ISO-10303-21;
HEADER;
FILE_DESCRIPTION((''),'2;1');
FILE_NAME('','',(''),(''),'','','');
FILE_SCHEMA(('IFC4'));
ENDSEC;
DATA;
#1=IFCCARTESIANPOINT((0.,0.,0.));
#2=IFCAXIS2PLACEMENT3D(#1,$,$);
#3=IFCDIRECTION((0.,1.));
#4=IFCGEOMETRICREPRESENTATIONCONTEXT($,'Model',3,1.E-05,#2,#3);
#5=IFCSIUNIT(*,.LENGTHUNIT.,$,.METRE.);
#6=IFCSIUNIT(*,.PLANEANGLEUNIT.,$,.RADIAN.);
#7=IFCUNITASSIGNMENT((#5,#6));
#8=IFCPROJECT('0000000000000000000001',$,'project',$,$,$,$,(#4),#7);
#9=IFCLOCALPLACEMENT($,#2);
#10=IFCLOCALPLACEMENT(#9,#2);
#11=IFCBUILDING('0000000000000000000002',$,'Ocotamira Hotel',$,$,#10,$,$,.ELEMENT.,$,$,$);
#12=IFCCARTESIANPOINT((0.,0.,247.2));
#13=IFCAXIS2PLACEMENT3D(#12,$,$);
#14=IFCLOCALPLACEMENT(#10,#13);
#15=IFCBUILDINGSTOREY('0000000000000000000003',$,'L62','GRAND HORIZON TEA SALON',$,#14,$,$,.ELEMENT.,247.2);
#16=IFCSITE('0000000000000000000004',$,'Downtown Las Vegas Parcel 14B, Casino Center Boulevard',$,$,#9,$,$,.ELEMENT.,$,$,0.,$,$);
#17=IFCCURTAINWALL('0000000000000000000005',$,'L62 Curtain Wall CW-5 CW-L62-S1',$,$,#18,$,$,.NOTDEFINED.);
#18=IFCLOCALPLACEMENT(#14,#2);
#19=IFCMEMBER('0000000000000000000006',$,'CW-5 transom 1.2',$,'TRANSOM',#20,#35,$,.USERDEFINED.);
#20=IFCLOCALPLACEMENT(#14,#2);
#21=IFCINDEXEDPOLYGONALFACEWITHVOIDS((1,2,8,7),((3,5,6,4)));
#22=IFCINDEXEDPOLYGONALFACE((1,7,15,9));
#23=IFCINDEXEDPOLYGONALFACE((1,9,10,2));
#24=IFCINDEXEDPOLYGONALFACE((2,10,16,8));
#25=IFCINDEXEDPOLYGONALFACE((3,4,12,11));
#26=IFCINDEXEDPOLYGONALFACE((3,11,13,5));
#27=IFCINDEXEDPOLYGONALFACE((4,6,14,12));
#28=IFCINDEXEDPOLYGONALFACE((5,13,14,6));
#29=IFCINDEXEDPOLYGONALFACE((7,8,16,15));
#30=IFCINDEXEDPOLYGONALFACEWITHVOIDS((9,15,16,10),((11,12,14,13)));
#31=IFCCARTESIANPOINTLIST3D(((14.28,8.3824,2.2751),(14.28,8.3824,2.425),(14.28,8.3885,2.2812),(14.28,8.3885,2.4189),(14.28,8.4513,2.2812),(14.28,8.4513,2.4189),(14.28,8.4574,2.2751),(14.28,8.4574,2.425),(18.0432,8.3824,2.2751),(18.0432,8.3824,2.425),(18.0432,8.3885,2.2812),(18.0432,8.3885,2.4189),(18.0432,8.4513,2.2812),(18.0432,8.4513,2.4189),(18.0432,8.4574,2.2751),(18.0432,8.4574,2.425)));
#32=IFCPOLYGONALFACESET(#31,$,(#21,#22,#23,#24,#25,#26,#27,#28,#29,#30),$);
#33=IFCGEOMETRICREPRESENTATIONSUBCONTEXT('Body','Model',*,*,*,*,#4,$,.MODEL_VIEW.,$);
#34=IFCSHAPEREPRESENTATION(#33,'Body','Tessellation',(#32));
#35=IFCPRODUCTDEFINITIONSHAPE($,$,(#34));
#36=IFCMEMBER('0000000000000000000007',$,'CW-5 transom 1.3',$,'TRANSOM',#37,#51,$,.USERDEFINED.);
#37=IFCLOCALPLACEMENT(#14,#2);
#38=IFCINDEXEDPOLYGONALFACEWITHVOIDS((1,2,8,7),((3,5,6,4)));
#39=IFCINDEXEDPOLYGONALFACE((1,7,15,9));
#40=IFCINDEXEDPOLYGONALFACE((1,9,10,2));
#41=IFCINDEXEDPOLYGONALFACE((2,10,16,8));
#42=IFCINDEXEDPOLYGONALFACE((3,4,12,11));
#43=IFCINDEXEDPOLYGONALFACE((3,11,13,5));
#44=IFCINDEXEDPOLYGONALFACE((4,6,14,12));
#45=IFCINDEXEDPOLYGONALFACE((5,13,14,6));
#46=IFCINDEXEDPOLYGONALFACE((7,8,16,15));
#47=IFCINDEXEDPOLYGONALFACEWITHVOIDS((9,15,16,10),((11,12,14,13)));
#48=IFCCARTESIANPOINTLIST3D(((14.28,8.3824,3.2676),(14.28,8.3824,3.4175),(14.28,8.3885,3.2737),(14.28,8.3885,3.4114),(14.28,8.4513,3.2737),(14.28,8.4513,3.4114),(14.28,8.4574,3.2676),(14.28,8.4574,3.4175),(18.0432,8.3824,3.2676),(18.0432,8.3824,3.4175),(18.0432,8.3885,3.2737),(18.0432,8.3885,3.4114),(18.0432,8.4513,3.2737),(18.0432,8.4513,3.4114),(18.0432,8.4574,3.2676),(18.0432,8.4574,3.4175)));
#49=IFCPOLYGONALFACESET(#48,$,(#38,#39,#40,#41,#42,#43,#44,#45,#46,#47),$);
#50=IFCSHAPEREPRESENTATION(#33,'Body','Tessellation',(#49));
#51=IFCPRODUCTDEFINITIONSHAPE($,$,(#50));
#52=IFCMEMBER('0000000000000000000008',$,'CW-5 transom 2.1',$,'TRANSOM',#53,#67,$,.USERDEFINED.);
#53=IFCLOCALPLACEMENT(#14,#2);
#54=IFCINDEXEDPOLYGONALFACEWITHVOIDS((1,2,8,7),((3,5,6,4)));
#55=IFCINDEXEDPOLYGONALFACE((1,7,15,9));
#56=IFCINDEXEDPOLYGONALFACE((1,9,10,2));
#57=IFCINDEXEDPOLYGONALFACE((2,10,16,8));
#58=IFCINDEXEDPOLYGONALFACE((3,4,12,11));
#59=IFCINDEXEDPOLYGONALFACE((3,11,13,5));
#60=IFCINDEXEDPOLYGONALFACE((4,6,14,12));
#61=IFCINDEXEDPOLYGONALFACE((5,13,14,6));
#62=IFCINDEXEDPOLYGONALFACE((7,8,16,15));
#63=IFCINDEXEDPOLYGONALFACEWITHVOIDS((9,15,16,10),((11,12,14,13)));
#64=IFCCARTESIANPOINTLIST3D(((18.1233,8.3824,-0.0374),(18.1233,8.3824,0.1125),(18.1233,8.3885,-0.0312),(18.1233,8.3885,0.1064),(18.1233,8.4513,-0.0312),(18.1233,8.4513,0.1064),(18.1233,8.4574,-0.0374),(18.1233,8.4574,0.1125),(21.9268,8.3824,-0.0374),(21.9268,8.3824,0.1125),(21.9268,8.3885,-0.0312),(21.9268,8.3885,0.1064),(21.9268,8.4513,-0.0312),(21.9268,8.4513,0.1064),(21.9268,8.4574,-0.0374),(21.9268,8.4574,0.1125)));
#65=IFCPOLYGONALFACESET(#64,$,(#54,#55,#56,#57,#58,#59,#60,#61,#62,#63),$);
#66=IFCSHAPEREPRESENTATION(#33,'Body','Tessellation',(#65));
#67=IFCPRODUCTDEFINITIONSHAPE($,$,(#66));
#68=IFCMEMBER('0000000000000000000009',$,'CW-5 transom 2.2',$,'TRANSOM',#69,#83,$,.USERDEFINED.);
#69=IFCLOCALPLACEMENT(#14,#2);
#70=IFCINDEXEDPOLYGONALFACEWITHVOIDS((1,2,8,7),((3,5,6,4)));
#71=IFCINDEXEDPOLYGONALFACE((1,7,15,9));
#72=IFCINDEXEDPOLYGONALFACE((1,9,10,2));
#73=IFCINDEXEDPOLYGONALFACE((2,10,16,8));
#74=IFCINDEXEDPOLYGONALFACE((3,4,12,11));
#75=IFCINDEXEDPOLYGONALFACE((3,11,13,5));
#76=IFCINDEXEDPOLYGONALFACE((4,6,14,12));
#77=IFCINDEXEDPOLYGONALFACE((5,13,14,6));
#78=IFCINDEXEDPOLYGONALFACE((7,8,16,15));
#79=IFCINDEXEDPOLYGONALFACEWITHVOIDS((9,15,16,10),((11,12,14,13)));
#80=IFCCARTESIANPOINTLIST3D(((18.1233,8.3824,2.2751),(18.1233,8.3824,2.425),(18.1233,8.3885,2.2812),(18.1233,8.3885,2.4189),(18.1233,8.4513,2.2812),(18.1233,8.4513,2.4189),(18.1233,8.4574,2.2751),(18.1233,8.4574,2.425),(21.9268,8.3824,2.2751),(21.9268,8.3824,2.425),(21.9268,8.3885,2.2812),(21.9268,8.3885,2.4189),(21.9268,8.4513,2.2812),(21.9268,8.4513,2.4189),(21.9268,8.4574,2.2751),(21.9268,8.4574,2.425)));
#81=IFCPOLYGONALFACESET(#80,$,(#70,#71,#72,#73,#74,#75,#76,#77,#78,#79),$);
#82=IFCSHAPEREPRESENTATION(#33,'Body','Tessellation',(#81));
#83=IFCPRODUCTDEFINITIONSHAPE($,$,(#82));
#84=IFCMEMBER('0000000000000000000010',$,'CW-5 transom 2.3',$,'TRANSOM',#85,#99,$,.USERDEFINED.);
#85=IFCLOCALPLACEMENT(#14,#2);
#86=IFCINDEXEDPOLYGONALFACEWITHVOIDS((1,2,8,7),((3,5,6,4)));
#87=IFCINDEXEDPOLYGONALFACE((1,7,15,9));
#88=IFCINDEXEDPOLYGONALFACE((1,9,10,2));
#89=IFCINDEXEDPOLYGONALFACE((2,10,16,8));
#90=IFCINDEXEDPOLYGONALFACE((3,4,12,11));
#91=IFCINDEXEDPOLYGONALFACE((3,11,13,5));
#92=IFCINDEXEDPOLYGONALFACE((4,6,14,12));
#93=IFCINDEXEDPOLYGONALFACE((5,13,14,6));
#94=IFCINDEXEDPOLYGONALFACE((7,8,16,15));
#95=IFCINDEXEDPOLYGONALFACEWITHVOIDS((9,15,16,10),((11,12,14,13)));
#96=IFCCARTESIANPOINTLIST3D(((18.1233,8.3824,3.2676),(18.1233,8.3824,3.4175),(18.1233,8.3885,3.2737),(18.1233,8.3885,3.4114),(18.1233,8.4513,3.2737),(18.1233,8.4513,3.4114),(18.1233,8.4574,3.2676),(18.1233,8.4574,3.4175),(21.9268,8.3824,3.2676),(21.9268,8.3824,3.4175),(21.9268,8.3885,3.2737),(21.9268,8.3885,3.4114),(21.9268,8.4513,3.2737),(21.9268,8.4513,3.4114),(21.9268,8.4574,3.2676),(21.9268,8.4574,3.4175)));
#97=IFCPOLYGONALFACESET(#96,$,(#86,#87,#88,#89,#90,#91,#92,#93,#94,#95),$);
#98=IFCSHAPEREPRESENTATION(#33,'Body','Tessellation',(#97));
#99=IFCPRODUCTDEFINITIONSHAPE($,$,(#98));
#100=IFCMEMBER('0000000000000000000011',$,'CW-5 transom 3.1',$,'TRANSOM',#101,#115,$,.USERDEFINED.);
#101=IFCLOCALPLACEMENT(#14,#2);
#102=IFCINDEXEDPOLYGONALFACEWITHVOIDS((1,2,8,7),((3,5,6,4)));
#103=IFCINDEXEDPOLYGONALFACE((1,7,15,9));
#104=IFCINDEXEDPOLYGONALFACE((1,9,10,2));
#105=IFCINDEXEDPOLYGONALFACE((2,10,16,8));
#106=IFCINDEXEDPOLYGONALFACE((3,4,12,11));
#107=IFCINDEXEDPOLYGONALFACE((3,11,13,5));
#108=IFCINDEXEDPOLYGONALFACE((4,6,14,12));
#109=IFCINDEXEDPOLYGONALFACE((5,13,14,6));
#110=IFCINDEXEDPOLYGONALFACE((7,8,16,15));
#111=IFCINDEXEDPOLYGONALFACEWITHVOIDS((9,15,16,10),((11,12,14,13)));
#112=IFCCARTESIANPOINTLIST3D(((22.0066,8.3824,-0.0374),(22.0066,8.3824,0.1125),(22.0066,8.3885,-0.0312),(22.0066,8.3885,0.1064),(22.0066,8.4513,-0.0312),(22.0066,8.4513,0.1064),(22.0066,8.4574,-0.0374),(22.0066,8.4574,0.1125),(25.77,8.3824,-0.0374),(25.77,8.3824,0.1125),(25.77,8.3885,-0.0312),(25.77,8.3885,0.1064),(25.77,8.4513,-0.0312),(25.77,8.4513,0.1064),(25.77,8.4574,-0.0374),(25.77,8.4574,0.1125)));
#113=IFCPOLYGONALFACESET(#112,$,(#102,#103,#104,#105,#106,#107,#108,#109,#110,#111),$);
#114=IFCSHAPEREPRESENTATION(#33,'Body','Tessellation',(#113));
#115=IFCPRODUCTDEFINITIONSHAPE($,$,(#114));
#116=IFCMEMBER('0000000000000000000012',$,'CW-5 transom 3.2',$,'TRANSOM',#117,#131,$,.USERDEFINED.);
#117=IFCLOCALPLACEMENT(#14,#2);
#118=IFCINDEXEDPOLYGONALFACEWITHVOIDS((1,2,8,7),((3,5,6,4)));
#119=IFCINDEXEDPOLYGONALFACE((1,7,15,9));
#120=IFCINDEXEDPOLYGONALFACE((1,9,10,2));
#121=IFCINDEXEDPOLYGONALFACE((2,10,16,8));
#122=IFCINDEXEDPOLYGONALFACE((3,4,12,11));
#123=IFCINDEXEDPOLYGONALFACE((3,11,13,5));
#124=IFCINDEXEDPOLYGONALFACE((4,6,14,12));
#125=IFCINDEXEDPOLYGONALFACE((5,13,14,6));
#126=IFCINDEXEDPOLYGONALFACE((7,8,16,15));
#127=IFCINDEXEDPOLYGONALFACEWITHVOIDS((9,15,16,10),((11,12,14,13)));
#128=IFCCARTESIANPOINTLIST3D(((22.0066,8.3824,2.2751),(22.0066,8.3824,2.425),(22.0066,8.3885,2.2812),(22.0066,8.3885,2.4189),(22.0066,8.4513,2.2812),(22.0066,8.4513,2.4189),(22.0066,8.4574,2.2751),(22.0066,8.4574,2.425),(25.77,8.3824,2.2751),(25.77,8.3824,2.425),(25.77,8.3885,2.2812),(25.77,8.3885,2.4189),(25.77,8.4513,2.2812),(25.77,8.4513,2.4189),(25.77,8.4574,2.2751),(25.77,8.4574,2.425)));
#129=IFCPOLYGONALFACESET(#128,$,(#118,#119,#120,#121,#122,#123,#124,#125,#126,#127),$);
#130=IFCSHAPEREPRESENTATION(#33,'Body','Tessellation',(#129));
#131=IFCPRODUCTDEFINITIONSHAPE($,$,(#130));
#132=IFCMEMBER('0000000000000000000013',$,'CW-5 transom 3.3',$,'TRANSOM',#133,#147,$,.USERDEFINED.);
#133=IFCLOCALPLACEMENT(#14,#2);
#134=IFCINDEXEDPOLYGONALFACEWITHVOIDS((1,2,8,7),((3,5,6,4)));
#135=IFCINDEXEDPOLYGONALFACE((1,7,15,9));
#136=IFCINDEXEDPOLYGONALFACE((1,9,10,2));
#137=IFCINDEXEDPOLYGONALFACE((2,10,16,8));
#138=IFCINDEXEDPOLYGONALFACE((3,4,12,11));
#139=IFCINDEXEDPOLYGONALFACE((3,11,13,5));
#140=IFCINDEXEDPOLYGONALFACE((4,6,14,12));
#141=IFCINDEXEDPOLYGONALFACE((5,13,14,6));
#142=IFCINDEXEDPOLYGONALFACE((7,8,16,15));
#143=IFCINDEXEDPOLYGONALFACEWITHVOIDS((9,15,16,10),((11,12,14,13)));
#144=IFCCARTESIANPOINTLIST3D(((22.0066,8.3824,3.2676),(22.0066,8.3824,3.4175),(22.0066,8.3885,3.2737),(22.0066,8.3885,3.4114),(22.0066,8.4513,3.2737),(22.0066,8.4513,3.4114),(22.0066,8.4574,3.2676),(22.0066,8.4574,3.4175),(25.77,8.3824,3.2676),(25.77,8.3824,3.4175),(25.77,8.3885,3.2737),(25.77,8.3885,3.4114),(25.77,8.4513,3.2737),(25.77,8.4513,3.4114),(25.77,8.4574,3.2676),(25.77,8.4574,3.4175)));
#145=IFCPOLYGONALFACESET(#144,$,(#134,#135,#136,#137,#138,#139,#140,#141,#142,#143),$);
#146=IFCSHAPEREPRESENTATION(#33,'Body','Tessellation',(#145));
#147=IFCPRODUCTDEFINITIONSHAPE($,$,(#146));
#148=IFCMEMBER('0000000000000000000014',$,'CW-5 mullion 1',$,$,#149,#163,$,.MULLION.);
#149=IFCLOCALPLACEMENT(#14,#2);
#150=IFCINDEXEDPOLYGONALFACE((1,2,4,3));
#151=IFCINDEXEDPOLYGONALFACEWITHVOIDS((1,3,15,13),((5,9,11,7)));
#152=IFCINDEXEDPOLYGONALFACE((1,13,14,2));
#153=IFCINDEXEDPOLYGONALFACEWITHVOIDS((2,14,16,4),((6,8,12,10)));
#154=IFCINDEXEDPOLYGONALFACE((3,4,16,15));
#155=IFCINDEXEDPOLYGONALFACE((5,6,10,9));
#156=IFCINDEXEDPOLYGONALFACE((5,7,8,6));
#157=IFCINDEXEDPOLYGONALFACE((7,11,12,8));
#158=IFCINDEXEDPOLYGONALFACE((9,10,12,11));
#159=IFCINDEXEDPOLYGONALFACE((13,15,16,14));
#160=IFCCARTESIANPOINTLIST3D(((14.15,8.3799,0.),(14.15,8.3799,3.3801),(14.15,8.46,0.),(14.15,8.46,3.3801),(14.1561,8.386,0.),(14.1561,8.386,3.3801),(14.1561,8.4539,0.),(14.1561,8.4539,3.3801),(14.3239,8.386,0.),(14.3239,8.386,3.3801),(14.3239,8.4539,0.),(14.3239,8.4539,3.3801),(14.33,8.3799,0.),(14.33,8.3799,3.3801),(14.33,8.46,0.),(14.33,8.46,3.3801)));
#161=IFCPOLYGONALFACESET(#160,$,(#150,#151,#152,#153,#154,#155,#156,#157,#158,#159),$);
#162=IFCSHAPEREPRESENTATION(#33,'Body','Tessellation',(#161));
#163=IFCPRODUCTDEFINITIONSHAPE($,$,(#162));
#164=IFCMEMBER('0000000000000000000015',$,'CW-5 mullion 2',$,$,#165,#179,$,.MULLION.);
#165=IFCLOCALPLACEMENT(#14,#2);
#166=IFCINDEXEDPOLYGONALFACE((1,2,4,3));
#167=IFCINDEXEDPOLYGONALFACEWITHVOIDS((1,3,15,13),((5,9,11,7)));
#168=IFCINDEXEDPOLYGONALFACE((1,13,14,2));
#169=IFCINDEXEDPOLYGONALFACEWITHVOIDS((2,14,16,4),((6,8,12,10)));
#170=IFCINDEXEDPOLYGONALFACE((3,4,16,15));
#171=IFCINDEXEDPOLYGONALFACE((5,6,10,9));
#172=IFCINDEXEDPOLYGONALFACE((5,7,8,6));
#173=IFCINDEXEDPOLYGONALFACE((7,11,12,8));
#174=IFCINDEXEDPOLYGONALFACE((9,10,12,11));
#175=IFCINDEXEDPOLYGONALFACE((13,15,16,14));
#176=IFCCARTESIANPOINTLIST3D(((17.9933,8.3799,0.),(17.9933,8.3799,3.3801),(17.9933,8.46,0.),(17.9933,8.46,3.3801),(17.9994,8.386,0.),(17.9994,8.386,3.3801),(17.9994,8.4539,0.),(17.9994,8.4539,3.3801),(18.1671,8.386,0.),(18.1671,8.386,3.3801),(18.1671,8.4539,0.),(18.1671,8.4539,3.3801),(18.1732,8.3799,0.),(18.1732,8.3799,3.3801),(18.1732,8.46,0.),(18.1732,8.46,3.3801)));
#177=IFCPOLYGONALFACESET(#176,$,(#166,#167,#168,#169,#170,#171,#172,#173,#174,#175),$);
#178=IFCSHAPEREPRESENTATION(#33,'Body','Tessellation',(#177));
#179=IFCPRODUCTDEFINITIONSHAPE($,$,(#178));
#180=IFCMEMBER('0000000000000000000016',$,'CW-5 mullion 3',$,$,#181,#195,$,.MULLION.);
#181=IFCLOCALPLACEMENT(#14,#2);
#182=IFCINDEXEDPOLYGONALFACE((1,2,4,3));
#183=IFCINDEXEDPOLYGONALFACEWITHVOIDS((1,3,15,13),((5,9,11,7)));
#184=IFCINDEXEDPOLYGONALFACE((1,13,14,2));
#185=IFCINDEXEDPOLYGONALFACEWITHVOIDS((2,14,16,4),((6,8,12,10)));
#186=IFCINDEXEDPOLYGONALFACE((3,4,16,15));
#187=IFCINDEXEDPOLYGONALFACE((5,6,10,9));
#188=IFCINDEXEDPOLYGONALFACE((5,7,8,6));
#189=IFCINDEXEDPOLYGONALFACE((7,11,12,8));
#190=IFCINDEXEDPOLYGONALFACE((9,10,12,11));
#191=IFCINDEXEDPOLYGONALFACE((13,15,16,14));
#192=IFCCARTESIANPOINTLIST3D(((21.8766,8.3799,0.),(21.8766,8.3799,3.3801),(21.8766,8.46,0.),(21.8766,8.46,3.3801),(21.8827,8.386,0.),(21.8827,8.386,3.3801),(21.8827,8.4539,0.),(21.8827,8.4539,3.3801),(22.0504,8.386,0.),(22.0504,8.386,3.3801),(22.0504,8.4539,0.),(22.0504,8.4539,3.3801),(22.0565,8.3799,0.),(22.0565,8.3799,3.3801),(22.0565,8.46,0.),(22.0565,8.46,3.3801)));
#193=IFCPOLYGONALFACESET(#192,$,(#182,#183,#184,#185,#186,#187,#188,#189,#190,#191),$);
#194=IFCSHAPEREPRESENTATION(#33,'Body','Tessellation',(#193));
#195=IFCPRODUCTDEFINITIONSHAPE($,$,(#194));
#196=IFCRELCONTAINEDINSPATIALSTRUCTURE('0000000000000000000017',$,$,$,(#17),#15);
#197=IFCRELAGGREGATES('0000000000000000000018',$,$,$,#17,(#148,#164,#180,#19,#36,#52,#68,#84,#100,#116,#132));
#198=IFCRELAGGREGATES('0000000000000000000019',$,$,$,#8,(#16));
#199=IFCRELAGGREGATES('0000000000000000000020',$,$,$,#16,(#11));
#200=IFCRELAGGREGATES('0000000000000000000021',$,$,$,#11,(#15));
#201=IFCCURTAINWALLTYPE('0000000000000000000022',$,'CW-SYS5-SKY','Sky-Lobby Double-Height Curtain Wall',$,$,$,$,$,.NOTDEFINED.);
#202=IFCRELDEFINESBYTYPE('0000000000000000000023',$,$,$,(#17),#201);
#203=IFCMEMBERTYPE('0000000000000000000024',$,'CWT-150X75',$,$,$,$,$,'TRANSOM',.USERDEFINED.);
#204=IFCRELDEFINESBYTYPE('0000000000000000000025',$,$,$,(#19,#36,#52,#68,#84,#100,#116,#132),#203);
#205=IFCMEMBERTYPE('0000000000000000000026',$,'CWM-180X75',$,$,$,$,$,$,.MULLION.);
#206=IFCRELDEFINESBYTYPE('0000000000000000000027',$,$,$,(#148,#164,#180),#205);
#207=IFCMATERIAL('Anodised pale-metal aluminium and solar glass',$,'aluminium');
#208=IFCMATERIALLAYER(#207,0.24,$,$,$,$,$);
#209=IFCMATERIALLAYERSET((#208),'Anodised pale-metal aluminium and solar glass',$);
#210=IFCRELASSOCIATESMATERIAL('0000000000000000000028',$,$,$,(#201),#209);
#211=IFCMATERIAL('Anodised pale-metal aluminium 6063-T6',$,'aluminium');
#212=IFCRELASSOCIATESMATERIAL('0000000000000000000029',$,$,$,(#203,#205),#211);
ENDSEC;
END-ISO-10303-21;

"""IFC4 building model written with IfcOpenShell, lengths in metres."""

from ifc_helpers import new_model, si_unit, direction, frame, origin, origin_2d, place, context, subcontext, project, spatial, hollow_rectangle, extrude, source, transform, mapped, material, layer, layer_set, material_profile, profile_set, type_object, element, aggregate, save


model = new_model("IFC4")

# Units and contexts
model_context = context("Model", 3, precision=1e-05, world=origin(), true_north=direction((0.0, 1.0)))
body_context = subcontext(model_context, "Body", "Model", "MODEL_VIEW")
ifc_project = project(units=[si_unit("LENGTHUNIT", "METRE"), si_unit("PLANEANGLEUNIT", "RADIAN")], contexts=[model_context])

# Site, building, storey
site_placement = place(None, origin())
site = spatial("IfcSite", under=ifc_project, at=site_placement, Name="Downtown Las Vegas Parcel 14B, Casino Center Boulevard", CompositionType="ELEMENT", RefElevation=0.0)
building_placement = place(site_placement, origin())
building = spatial("IfcBuilding", under=site, at=building_placement, Name="Ocotamira Hotel", CompositionType="ELEMENT")
storey_placement = place(building_placement, frame((0.0, 0.0, 247.2)))
storey = spatial("IfcBuildingStorey", under=building, at=storey_placement, Name="L62", Description="GRAND HORIZON TEA SALON", CompositionType="ELEMENT", Elevation=247.2)

# Curtain wall, members
ifc_material_1 = material(Name="Anodised pale-metal aluminium and solar glass", Category="aluminium")
ifc_layer_1 = layer(ifc_material_1, 0.24)
ifc_layer_set_1 = layer_set([ifc_layer_1], Name="Anodised pale-metal aluminium and solar glass")
curtain_wall_type = type_object("IfcCurtainWallType", Name="CW-SYS5-SKY", Description="Sky-Lobby Double-Height Curtain Wall", PredefinedType="NOTDEFINED", material=ifc_layer_set_1)
curtain_wall_placement = place(storey_placement, origin())
curtain_wall = element("IfcCurtainWall", 1, at=curtain_wall_placement, inside=storey, type_object=curtain_wall_type, Name="L62 Curtain Wall CW-5 CW-L62-S1", PredefinedType="NOTDEFINED")
ifc_material_2 = material(Name="Anodised pale-metal aluminium 6063-T6", Category="aluminium")
ifc_material_profile_1 = material_profile(ifc_material_2, hollow_rectangle(XDim=0.075, YDim=0.1499, WallThickness=0.0061, at=origin_2d()), Name="HSS150X75X6")
ifc_profile_set_1 = profile_set([ifc_material_profile_1], Name="Anodised pale-metal aluminium 6063-T6")
member_type_1 = type_object("IfcMemberType", Name="CWT-150X75", ElementType="TRANSOM", PredefinedType="USERDEFINED", material=ifc_profile_set_1)
shared_shape_1 = source(origin(), body_context, "Body", "SweptSolid", [
    extrude(hollow_rectangle(XDim=0.075, YDim=0.1499, WallThickness=0.0061, at=origin_2d()), origin(), (0.0, 0.0, 1.0), 3.7632),
])
member_1_placement = place(storey_placement, frame((14.28, 8.4199, 2.3501), z_axis=(1.0, 0.0, 0.0), x_axis=(0.0, 1.0, 0.0)))
member_1 = element("IfcMember", 2, at=member_1_placement, type_object=member_type_1, Name="CW-5 transom 1.2", ObjectType="TRANSOM", PredefinedType="USERDEFINED", context=body_context, shape_type="MappedRepresentation", body=[
    mapped(shared_shape_1, transform((0.0, 0.0, 0.0), scale=1.0)),
])
member_2_placement = place(storey_placement, frame((14.28, 8.4199, 3.3425), z_axis=(1.0, 0.0, 0.0), x_axis=(0.0, 1.0, 0.0)))
member_2 = element("IfcMember", 3, at=member_2_placement, type_object=member_type_1, Name="CW-5 transom 1.3", ObjectType="TRANSOM", PredefinedType="USERDEFINED", context=body_context, shape_type="MappedRepresentation", body=[
    mapped(shared_shape_1, transform((0.0, 0.0, 0.0), scale=1.0)),
])
shared_shape_2 = source(origin(), body_context, "Body", "SweptSolid", [
    extrude(hollow_rectangle(XDim=0.075, YDim=0.1499, WallThickness=0.0061, at=origin_2d()), origin(), (0.0, 0.0, 1.0), 3.8035),
])
member_3_placement = place(storey_placement, frame((18.1233, 8.4199, 0.0376), z_axis=(1.0, 0.0, 0.0), x_axis=(0.0, 1.0, 0.0)))
member_3 = element("IfcMember", 4, at=member_3_placement, type_object=member_type_1, Name="CW-5 transom 2.1", ObjectType="TRANSOM", PredefinedType="USERDEFINED", context=body_context, shape_type="MappedRepresentation", body=[
    mapped(shared_shape_2, transform((0.0, 0.0, 0.0), scale=1.0)),
])
member_4_placement = place(storey_placement, frame((18.1233, 8.4199, 2.3501), z_axis=(1.0, 0.0, 0.0), x_axis=(0.0, 1.0, 0.0)))
member_4 = element("IfcMember", 5, at=member_4_placement, type_object=member_type_1, Name="CW-5 transom 2.2", ObjectType="TRANSOM", PredefinedType="USERDEFINED", context=body_context, shape_type="MappedRepresentation", body=[
    mapped(shared_shape_2, transform((0.0, 0.0, 0.0), scale=1.0)),
])
member_5_placement = place(storey_placement, frame((18.1233, 8.4199, 3.3425), z_axis=(1.0, 0.0, 0.0), x_axis=(0.0, 1.0, 0.0)))
member_5 = element("IfcMember", 6, at=member_5_placement, type_object=member_type_1, Name="CW-5 transom 2.3", ObjectType="TRANSOM", PredefinedType="USERDEFINED", context=body_context, shape_type="MappedRepresentation", body=[
    mapped(shared_shape_2, transform((0.0, 0.0, 0.0), scale=1.0)),
])
shared_shape_3 = source(origin(), body_context, "Body", "SweptSolid", [
    extrude(hollow_rectangle(XDim=0.075, YDim=0.1499, WallThickness=0.0061, at=origin_2d()), origin(), (0.0, 0.0, 1.0), 3.7634),
])
member_6_placement = place(storey_placement, frame((22.0066, 8.4199, 0.0376), z_axis=(1.0, 0.0, 0.0), x_axis=(0.0, 1.0, 0.0)))
member_6 = element("IfcMember", 7, at=member_6_placement, type_object=member_type_1, Name="CW-5 transom 3.1", ObjectType="TRANSOM", PredefinedType="USERDEFINED", context=body_context, shape_type="MappedRepresentation", body=[
    mapped(shared_shape_3, transform((0.0, 0.0, 0.0), scale=1.0)),
])
member_7_placement = place(storey_placement, frame((22.0066, 8.4199, 2.3501), z_axis=(1.0, 0.0, 0.0), x_axis=(0.0, 1.0, 0.0)))
member_7 = element("IfcMember", 8, at=member_7_placement, type_object=member_type_1, Name="CW-5 transom 3.2", ObjectType="TRANSOM", PredefinedType="USERDEFINED", context=body_context, shape_type="MappedRepresentation", body=[
    mapped(shared_shape_3, transform((0.0, 0.0, 0.0), scale=1.0)),
])
member_8_placement = place(storey_placement, frame((22.0066, 8.4199, 3.3425), z_axis=(1.0, 0.0, 0.0), x_axis=(0.0, 1.0, 0.0)))
member_8 = element("IfcMember", 9, at=member_8_placement, type_object=member_type_1, Name="CW-5 transom 3.3", ObjectType="TRANSOM", PredefinedType="USERDEFINED", context=body_context, shape_type="MappedRepresentation", body=[
    mapped(shared_shape_3, transform((0.0, 0.0, 0.0), scale=1.0)),
])
ifc_material_profile_2 = material_profile(ifc_material_2, hollow_rectangle(XDim=0.0801, YDim=0.1799, WallThickness=0.0061, at=origin_2d()), Name="HSS180X80X6")
ifc_profile_set_2 = profile_set([ifc_material_profile_2], Name="Anodised pale-metal aluminium 6063-T6")
member_type_2 = type_object("IfcMemberType", Name="CWM-180X75", PredefinedType="MULLION", material=ifc_profile_set_2)
shared_shape_4 = source(origin(), body_context, "Body", "SweptSolid", [
    extrude(hollow_rectangle(XDim=0.0801, YDim=0.1799, WallThickness=0.0061, at=origin_2d()), origin(), (0.0, 0.0, 1.0), 3.3801),
])
member_9_placement = place(storey_placement, frame((14.24, 8.4199, 0.0), z_axis=(0.0, 0.0, 1.0), x_axis=(0.0, 1.0, 0.0)))
member_9 = element("IfcMember", 10, at=member_9_placement, type_object=member_type_2, Name="CW-5 mullion 1", PredefinedType="MULLION", context=body_context, shape_type="MappedRepresentation", body=[
    mapped(shared_shape_4, transform((0.0, 0.0, 0.0), scale=1.0)),
])
member_10_placement = place(storey_placement, frame((18.0833, 8.4199, 0.0), z_axis=(0.0, 0.0, 1.0), x_axis=(0.0, 1.0, 0.0)))
member_10 = element("IfcMember", 11, at=member_10_placement, type_object=member_type_2, Name="CW-5 mullion 2", PredefinedType="MULLION", context=body_context, shape_type="MappedRepresentation", body=[
    mapped(shared_shape_4, transform((0.0, 0.0, 0.0), scale=1.0)),
])
member_11_placement = place(storey_placement, frame((21.9666, 8.4199, 0.0), z_axis=(0.0, 0.0, 1.0), x_axis=(0.0, 1.0, 0.0)))
member_11 = element("IfcMember", 12, at=member_11_placement, type_object=member_type_2, Name="CW-5 mullion 3", PredefinedType="MULLION", context=body_context, shape_type="MappedRepresentation", body=[
    mapped(shared_shape_4, transform((0.0, 0.0, 0.0), scale=1.0)),
])

aggregate(curtain_wall, [member_9, member_10, member_11, member_1, member_2, member_3, member_4, member_5, member_6, member_7, member_8])

save(model, "model.ifc")
